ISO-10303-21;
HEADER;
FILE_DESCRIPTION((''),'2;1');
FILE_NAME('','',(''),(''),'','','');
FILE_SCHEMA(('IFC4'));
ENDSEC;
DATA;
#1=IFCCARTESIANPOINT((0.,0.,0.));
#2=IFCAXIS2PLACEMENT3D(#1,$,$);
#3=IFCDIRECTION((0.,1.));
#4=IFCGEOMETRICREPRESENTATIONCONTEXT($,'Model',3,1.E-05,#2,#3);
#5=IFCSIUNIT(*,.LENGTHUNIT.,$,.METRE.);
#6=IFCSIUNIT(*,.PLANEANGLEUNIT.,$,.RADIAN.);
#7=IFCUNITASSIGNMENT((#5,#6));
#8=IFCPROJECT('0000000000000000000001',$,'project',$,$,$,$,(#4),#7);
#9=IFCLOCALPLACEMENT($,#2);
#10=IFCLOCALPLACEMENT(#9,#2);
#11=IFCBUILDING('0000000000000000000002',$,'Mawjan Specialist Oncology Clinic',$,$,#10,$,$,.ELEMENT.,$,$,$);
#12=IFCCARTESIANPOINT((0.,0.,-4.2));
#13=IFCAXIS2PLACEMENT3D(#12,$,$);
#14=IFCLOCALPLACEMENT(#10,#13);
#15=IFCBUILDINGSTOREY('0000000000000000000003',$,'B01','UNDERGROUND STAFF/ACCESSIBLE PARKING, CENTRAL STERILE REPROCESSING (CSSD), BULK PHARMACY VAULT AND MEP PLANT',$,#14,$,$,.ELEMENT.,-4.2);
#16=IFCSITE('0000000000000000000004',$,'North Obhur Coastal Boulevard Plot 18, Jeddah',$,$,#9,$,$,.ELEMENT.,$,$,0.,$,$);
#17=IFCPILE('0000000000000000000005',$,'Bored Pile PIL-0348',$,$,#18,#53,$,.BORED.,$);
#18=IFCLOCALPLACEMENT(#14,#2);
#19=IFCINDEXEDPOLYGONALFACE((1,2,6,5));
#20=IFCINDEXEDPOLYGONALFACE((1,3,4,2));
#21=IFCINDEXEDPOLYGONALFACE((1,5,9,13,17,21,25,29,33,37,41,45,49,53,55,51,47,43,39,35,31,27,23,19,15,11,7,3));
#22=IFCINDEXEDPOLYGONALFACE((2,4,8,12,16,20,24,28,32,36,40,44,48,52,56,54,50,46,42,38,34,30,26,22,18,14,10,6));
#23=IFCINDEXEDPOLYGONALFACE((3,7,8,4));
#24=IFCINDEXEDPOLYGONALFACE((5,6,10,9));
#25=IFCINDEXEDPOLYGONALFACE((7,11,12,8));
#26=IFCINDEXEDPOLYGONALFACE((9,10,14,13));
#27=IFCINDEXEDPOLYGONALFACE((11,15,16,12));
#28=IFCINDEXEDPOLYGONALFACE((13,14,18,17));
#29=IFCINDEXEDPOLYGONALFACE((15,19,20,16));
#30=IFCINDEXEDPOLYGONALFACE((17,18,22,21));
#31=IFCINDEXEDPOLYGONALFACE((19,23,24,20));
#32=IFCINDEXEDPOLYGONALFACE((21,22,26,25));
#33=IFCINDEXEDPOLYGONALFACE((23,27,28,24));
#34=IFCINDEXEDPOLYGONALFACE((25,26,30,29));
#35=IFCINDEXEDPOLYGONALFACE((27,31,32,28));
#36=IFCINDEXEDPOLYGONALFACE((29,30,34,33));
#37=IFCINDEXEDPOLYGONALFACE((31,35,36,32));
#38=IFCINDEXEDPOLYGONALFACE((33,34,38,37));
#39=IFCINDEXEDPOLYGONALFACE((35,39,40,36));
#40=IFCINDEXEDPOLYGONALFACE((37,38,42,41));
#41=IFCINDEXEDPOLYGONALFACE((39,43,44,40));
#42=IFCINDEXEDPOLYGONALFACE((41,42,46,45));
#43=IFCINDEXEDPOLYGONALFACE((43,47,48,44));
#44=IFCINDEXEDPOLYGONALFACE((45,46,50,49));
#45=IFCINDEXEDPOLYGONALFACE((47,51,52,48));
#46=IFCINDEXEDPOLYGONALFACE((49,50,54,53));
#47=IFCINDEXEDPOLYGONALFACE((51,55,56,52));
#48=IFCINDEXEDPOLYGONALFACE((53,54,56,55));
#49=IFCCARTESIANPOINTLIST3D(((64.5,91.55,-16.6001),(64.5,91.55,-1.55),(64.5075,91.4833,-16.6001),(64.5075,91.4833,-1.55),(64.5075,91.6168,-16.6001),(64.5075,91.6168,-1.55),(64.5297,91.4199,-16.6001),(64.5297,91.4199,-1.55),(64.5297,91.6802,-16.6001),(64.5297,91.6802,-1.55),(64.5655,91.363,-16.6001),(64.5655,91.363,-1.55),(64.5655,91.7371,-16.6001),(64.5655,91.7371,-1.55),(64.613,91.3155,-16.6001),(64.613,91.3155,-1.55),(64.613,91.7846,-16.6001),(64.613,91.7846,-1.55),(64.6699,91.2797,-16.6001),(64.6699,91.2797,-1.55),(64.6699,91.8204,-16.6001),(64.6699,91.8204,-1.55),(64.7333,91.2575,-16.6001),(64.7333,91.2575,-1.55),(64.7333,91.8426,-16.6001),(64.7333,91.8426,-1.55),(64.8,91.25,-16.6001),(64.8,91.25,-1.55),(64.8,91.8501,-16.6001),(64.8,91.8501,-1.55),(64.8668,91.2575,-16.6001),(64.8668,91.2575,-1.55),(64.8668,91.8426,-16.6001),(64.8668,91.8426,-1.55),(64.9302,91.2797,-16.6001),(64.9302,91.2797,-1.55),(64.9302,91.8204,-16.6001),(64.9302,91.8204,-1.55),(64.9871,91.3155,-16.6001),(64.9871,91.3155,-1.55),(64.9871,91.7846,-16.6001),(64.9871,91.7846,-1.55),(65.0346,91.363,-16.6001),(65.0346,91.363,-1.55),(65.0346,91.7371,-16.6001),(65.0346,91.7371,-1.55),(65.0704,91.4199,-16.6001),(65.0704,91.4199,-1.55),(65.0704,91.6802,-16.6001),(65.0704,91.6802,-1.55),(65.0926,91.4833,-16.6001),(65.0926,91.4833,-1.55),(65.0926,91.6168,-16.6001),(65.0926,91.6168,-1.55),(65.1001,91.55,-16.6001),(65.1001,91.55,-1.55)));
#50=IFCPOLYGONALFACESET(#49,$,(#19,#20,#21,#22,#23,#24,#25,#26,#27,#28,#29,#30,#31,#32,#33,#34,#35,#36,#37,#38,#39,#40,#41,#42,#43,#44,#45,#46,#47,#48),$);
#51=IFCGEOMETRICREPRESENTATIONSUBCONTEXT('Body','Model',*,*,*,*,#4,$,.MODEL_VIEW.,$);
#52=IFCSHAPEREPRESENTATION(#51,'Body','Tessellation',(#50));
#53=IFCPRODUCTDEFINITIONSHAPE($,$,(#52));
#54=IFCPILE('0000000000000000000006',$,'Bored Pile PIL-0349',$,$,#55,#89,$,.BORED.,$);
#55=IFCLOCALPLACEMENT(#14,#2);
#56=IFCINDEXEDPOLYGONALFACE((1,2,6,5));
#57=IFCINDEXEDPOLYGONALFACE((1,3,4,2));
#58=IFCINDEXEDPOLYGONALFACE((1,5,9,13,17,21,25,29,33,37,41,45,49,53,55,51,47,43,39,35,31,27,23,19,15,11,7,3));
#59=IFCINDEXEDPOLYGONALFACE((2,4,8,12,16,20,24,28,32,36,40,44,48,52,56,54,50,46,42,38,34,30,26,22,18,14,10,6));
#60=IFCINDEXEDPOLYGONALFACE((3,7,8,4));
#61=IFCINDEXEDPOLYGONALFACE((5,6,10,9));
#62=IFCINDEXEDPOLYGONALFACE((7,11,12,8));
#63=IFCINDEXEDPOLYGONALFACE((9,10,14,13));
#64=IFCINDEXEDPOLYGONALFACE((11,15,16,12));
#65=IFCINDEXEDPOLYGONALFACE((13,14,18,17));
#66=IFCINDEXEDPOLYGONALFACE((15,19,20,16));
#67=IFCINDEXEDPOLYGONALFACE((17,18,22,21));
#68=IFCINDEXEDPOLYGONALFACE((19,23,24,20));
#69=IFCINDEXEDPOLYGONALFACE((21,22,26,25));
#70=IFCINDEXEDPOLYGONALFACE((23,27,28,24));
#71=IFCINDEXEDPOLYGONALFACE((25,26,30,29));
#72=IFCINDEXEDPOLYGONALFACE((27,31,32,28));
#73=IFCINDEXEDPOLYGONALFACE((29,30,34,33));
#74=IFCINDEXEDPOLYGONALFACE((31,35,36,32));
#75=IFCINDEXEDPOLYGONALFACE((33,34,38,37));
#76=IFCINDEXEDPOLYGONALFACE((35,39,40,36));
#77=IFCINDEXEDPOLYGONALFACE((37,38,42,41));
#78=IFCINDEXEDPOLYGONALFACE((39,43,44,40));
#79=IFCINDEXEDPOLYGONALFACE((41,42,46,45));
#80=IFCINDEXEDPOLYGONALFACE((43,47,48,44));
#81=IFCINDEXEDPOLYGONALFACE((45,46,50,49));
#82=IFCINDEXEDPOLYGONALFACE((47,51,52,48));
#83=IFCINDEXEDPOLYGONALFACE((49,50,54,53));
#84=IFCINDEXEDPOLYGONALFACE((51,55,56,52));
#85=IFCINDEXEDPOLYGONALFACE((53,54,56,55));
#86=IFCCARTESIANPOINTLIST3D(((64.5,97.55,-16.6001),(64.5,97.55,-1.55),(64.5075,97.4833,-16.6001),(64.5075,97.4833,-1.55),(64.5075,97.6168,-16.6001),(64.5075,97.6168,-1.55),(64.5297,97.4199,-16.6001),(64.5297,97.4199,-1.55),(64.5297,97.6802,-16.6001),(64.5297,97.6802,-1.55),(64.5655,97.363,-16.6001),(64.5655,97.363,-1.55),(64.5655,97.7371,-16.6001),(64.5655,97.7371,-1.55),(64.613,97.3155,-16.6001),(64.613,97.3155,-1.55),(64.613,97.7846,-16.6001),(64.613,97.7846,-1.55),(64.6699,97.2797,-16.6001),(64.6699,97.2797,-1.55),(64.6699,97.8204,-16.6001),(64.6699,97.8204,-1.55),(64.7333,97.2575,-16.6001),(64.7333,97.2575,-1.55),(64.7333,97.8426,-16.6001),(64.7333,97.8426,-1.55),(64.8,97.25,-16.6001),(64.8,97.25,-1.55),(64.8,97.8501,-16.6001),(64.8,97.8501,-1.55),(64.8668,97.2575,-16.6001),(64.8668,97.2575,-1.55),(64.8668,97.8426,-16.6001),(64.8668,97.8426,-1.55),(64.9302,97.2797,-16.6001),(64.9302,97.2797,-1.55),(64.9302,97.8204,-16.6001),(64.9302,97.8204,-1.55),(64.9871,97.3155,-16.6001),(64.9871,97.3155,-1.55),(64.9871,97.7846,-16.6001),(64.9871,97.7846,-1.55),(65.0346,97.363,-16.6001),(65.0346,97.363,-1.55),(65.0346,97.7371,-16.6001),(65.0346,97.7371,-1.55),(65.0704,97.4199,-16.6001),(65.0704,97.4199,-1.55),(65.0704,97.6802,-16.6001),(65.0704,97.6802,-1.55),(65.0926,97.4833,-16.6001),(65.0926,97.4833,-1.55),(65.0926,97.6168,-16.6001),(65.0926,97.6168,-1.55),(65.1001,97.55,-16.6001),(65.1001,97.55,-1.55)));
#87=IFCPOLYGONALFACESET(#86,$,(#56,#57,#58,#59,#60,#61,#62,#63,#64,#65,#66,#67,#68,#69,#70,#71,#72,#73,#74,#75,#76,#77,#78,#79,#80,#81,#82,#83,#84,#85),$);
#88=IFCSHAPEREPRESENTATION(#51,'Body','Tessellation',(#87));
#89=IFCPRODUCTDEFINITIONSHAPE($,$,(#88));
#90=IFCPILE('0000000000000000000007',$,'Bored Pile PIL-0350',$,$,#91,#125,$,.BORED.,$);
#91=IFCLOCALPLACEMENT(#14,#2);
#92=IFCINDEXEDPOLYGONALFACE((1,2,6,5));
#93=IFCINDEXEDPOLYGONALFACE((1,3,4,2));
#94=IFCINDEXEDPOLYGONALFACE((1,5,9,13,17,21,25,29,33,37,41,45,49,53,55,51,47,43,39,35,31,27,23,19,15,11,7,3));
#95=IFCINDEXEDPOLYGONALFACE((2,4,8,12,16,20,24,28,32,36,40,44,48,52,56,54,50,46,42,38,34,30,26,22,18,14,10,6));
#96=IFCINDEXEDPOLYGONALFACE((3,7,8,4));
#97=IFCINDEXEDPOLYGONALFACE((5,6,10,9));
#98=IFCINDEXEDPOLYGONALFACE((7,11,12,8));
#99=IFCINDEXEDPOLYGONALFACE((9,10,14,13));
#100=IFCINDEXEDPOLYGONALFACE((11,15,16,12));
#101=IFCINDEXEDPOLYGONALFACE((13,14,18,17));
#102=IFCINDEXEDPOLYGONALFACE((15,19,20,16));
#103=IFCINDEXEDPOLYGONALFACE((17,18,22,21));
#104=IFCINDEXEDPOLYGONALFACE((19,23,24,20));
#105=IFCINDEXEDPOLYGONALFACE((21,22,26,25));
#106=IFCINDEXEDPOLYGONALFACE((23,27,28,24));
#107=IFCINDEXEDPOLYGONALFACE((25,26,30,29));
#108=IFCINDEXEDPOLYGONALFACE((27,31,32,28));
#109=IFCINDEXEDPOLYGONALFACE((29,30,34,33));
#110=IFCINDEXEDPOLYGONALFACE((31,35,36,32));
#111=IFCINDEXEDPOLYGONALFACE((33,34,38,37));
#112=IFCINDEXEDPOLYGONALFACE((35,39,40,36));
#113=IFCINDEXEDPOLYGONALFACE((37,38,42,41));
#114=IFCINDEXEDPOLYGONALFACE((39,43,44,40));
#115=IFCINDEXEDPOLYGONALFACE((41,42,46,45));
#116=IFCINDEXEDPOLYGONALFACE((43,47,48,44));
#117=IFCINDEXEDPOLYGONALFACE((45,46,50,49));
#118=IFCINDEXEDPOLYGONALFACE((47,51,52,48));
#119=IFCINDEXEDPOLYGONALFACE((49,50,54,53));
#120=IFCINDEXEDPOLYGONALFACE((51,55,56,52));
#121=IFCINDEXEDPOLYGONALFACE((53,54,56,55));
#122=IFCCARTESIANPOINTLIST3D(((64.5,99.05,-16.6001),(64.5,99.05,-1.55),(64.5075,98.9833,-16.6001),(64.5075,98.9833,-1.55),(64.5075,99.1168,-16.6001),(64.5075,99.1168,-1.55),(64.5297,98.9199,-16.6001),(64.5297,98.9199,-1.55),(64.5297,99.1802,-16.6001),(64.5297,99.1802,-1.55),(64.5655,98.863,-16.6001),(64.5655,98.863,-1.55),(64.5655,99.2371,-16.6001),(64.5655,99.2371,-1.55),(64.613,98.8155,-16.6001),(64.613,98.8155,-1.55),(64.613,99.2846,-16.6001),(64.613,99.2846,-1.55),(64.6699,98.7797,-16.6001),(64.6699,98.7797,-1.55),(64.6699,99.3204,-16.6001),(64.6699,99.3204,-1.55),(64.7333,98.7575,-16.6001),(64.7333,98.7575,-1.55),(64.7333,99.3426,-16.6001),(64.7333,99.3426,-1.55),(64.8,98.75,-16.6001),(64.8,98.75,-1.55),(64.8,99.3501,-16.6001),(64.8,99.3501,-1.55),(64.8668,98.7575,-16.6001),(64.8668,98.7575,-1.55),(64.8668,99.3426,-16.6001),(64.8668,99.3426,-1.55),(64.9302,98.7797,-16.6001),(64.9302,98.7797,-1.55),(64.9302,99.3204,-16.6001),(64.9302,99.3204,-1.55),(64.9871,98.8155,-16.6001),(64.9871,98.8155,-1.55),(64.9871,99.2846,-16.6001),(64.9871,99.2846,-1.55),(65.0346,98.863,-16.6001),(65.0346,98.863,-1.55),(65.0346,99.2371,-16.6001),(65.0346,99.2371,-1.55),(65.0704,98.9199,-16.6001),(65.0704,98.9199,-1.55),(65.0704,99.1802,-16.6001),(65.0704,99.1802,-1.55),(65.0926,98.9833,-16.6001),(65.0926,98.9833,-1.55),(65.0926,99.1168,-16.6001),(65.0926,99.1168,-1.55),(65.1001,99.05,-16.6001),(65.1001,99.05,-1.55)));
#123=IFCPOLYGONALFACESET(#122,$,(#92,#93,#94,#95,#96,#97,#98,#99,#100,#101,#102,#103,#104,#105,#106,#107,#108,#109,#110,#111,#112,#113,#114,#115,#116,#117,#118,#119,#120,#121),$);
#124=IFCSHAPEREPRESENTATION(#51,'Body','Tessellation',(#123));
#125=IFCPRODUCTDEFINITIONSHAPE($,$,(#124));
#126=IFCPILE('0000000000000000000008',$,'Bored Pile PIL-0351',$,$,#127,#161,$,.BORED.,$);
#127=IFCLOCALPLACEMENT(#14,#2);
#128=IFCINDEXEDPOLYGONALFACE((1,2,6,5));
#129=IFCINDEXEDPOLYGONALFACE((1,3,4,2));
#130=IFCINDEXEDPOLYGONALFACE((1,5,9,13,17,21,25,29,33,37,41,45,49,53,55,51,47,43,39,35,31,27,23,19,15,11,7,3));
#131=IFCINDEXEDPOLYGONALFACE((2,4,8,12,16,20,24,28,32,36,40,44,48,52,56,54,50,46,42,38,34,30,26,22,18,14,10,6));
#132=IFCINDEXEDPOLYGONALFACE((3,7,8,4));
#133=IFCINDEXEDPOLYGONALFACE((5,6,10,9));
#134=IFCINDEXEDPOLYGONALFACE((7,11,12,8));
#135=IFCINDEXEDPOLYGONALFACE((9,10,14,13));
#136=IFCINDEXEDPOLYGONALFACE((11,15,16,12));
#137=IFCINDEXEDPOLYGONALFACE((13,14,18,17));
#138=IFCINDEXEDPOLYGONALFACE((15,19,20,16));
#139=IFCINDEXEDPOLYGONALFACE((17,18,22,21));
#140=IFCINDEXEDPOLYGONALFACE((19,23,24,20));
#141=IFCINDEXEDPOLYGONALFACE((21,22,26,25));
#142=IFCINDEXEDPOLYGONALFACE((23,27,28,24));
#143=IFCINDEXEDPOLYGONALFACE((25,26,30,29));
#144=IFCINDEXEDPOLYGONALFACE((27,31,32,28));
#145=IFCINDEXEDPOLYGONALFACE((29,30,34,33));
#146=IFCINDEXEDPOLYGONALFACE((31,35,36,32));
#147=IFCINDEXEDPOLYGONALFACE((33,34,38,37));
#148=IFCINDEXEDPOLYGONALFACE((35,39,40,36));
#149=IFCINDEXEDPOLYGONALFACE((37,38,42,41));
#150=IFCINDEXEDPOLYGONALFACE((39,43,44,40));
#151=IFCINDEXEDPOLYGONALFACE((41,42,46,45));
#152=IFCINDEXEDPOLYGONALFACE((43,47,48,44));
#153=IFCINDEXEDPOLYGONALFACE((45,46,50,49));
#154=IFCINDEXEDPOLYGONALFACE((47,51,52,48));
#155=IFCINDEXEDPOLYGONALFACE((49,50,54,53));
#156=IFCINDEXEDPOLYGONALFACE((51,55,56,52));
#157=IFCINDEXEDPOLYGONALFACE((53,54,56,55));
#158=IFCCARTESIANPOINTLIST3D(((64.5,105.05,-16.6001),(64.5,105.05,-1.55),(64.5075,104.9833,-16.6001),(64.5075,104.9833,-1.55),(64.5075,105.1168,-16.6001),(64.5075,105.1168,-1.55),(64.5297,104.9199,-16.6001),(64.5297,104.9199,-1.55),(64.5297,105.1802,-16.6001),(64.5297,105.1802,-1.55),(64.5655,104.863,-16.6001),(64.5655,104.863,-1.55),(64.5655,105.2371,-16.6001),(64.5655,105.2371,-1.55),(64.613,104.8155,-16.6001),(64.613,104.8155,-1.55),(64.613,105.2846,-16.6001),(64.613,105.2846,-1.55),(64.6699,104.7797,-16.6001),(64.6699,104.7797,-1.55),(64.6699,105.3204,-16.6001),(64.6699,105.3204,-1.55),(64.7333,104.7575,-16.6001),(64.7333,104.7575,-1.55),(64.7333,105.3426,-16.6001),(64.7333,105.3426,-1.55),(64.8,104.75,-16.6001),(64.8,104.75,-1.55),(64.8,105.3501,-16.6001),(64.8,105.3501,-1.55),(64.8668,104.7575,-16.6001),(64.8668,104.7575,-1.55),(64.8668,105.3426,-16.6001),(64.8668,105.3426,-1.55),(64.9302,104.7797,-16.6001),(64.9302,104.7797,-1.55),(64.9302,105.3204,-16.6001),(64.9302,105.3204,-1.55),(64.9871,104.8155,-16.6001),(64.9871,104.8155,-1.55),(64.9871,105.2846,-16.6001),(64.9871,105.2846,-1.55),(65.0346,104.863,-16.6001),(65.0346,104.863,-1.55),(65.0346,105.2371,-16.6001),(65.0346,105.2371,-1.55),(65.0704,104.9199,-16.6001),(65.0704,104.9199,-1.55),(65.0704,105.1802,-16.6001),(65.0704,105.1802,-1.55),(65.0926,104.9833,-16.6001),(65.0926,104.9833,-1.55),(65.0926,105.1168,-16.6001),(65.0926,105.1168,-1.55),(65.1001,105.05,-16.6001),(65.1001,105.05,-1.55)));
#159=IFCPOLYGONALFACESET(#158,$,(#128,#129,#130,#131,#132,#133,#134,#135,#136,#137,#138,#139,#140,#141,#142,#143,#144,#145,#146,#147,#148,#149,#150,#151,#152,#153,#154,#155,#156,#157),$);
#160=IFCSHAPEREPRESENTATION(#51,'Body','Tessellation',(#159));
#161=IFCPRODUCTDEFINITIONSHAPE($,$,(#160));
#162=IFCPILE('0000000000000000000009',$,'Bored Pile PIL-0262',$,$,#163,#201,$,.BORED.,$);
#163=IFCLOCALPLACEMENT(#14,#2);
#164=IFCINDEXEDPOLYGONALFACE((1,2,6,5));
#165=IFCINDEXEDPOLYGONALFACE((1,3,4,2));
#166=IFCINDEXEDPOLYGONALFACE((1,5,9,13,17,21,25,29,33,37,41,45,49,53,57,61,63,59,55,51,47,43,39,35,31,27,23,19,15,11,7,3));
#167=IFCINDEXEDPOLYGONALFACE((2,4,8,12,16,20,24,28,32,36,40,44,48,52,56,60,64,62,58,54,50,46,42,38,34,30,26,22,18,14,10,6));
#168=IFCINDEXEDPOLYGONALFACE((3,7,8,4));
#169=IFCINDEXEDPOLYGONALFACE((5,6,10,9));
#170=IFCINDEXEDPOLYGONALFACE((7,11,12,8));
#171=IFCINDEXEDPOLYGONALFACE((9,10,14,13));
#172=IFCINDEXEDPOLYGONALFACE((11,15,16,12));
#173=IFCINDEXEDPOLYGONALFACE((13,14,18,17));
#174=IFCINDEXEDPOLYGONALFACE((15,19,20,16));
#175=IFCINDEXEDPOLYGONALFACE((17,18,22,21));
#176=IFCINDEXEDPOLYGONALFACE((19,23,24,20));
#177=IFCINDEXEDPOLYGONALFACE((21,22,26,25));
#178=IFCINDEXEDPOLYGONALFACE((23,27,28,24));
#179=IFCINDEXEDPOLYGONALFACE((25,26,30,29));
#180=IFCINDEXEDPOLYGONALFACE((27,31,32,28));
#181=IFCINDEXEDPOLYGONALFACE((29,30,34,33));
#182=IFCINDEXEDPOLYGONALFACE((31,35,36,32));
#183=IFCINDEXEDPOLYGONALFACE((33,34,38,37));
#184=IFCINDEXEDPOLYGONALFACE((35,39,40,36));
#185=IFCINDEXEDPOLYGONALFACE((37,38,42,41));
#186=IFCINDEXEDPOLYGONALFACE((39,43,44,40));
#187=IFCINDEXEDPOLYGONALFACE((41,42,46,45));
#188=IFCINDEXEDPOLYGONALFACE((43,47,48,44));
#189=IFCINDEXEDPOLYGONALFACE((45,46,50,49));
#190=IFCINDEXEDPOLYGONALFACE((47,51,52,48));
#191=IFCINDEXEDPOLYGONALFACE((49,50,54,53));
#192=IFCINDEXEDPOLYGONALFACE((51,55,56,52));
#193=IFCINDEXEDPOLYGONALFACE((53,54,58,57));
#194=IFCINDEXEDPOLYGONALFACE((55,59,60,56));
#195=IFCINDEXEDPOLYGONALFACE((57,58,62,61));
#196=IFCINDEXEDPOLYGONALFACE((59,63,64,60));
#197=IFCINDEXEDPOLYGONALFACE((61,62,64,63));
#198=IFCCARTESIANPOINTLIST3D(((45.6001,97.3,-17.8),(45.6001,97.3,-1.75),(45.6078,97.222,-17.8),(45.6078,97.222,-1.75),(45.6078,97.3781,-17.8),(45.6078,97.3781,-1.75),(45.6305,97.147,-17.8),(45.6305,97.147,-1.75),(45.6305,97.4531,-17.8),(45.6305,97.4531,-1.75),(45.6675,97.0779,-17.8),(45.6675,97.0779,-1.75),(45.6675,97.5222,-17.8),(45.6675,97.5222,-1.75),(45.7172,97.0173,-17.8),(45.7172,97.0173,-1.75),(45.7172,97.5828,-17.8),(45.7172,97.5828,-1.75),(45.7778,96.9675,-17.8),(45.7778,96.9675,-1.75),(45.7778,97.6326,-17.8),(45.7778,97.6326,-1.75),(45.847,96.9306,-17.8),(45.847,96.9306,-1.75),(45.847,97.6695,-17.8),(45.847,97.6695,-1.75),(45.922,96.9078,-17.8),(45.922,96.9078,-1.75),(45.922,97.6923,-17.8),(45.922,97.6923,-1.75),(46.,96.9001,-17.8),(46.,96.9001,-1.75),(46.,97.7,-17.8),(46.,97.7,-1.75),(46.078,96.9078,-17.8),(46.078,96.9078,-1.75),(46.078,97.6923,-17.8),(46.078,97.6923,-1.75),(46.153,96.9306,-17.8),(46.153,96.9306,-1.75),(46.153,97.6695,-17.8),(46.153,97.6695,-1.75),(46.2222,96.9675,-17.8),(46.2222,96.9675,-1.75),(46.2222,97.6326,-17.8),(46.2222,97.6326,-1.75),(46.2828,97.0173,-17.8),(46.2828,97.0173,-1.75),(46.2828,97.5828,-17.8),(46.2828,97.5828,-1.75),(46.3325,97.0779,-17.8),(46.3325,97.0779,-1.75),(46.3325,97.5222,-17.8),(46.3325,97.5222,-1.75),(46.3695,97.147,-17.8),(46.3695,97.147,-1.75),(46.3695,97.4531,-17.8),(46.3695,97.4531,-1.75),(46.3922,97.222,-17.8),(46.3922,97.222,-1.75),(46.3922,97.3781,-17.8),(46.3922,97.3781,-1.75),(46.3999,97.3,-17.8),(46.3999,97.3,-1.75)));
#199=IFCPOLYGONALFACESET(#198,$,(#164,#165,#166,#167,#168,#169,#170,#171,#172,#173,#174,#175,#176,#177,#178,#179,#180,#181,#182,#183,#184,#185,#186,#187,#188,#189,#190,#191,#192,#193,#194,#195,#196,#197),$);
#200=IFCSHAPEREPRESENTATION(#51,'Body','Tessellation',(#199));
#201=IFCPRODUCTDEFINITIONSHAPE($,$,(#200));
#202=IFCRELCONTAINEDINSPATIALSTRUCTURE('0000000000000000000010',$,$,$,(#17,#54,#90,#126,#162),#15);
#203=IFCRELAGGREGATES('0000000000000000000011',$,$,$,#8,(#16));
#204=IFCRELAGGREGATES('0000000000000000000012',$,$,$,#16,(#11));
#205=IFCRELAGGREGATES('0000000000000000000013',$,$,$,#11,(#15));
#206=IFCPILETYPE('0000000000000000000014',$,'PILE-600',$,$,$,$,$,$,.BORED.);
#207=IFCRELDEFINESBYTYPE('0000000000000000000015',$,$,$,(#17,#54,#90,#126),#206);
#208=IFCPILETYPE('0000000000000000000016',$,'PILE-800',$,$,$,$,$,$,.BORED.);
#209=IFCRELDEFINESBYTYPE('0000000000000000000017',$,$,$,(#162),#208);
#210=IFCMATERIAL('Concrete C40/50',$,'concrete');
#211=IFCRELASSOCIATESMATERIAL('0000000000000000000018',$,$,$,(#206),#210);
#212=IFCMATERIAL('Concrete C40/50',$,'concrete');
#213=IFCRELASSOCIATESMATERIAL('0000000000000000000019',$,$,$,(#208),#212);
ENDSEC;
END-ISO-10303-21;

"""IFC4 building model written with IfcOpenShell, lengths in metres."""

from ifc_helpers import new_model, si_unit, direction, frame, origin, origin_2d, place, context, subcontext, project, spatial, circle, extrude, material, material_profile, profile_set, type_object, element, save


model = new_model("IFC4")

# Units and contexts
model_context = context("Model", 3, precision=1e-05, world=origin(), true_north=direction((0.0, 1.0)))
body_context = subcontext(model_context, "Body", "Model", "MODEL_VIEW")
ifc_project = project(units=[si_unit("LENGTHUNIT", "METRE"), si_unit("PLANEANGLEUNIT", "RADIAN")], contexts=[model_context])

# Site, building, storey
site_placement = place(None, origin())
site = spatial("IfcSite", under=ifc_project, at=site_placement, Name="North Obhur Coastal Boulevard Plot 18, Jeddah", CompositionType="ELEMENT", RefElevation=0.0)
building_placement = place(site_placement, origin())
building = spatial("IfcBuilding", under=site, at=building_placement, Name="Mawjan Specialist Oncology Clinic", CompositionType="ELEMENT")
storey_placement = place(building_placement, frame((0.0, 0.0, -4.2)))
storey = spatial("IfcBuildingStorey", under=building, at=storey_placement, Name="B01", Description="UNDERGROUND STAFF/ACCESSIBLE PARKING, CENTRAL STERILE REPROCESSING (CSSD), BULK PHARMACY VAULT AND MEP PLANT", CompositionType="ELEMENT", Elevation=-4.2)

# Piles
ifc_material_1 = material(Name="Concrete C40/50", Category="concrete")
ifc_material_profile_1 = material_profile(ifc_material_1, circle(Radius=0.3, at=origin_2d()), Name="BORED PILE D600", Category="concrete")
ifc_profile_set_1 = profile_set([ifc_material_profile_1], Name="Concrete C40/50")
pile_type_1 = type_object("IfcPileType", Name="PILE-600", PredefinedType="BORED", material=ifc_profile_set_1)
for number, where, z_axis, x_axis, name in (
    (1, (64.8, 91.55, -1.55), (0.0, 0.0, -1.0), (1.0, 0.0, 0.0), "Bored Pile PIL-0348"),
    (2, (64.8, 97.55, -1.55), (0.0, 0.0, -1.0), (1.0, 0.0, 0.0), "Bored Pile PIL-0349"),
    (3, (64.8, 99.05, -1.55), (0.0, 0.0, -1.0), (1.0, 0.0, 0.0), "Bored Pile PIL-0350"),
    (4, (64.8, 105.05, -1.55), (0.0, 0.0, -1.0), (1.0, 0.0, 0.0), "Bored Pile PIL-0351"),
):
    element("IfcPile", number, at=place(storey_placement, frame(where, z_axis=z_axis, x_axis=x_axis)), inside=storey, type_object=pile_type_1, Name=name, PredefinedType="BORED", context=body_context, shape_type="SweptSolid", body=[
        extrude(circle(Radius=0.3, at=origin_2d()), origin(), (0.0, 0.0, 1.0), 15.05),
    ])
ifc_material_2 = material(Name="Concrete C40/50", Category="concrete")
ifc_material_profile_2 = material_profile(ifc_material_2, circle(Radius=0.3999, at=origin_2d()), Name="BORED PILE D800", Category="concrete")
ifc_profile_set_2 = profile_set([ifc_material_profile_2], Name="Concrete C40/50")
pile_type_2 = type_object("IfcPileType", Name="PILE-800", PredefinedType="BORED", material=ifc_profile_set_2)
for number, where, z_axis, x_axis, name in (
    (5, (46.0, 97.3, -1.75), (0.0, 0.0, -1.0), (1.0, 0.0, 0.0), "Bored Pile PIL-0262"),
):
    element("IfcPile", number, at=place(storey_placement, frame(where, z_axis=z_axis, x_axis=x_axis)), inside=storey, type_object=pile_type_2, Name=name, PredefinedType="BORED", context=body_context, shape_type="SweptSolid", body=[
        extrude(circle(Radius=0.3999, at=origin_2d()), origin(), (0.0, 0.0, 1.0), 16.05),
    ])

save(model, "model.ifc")
